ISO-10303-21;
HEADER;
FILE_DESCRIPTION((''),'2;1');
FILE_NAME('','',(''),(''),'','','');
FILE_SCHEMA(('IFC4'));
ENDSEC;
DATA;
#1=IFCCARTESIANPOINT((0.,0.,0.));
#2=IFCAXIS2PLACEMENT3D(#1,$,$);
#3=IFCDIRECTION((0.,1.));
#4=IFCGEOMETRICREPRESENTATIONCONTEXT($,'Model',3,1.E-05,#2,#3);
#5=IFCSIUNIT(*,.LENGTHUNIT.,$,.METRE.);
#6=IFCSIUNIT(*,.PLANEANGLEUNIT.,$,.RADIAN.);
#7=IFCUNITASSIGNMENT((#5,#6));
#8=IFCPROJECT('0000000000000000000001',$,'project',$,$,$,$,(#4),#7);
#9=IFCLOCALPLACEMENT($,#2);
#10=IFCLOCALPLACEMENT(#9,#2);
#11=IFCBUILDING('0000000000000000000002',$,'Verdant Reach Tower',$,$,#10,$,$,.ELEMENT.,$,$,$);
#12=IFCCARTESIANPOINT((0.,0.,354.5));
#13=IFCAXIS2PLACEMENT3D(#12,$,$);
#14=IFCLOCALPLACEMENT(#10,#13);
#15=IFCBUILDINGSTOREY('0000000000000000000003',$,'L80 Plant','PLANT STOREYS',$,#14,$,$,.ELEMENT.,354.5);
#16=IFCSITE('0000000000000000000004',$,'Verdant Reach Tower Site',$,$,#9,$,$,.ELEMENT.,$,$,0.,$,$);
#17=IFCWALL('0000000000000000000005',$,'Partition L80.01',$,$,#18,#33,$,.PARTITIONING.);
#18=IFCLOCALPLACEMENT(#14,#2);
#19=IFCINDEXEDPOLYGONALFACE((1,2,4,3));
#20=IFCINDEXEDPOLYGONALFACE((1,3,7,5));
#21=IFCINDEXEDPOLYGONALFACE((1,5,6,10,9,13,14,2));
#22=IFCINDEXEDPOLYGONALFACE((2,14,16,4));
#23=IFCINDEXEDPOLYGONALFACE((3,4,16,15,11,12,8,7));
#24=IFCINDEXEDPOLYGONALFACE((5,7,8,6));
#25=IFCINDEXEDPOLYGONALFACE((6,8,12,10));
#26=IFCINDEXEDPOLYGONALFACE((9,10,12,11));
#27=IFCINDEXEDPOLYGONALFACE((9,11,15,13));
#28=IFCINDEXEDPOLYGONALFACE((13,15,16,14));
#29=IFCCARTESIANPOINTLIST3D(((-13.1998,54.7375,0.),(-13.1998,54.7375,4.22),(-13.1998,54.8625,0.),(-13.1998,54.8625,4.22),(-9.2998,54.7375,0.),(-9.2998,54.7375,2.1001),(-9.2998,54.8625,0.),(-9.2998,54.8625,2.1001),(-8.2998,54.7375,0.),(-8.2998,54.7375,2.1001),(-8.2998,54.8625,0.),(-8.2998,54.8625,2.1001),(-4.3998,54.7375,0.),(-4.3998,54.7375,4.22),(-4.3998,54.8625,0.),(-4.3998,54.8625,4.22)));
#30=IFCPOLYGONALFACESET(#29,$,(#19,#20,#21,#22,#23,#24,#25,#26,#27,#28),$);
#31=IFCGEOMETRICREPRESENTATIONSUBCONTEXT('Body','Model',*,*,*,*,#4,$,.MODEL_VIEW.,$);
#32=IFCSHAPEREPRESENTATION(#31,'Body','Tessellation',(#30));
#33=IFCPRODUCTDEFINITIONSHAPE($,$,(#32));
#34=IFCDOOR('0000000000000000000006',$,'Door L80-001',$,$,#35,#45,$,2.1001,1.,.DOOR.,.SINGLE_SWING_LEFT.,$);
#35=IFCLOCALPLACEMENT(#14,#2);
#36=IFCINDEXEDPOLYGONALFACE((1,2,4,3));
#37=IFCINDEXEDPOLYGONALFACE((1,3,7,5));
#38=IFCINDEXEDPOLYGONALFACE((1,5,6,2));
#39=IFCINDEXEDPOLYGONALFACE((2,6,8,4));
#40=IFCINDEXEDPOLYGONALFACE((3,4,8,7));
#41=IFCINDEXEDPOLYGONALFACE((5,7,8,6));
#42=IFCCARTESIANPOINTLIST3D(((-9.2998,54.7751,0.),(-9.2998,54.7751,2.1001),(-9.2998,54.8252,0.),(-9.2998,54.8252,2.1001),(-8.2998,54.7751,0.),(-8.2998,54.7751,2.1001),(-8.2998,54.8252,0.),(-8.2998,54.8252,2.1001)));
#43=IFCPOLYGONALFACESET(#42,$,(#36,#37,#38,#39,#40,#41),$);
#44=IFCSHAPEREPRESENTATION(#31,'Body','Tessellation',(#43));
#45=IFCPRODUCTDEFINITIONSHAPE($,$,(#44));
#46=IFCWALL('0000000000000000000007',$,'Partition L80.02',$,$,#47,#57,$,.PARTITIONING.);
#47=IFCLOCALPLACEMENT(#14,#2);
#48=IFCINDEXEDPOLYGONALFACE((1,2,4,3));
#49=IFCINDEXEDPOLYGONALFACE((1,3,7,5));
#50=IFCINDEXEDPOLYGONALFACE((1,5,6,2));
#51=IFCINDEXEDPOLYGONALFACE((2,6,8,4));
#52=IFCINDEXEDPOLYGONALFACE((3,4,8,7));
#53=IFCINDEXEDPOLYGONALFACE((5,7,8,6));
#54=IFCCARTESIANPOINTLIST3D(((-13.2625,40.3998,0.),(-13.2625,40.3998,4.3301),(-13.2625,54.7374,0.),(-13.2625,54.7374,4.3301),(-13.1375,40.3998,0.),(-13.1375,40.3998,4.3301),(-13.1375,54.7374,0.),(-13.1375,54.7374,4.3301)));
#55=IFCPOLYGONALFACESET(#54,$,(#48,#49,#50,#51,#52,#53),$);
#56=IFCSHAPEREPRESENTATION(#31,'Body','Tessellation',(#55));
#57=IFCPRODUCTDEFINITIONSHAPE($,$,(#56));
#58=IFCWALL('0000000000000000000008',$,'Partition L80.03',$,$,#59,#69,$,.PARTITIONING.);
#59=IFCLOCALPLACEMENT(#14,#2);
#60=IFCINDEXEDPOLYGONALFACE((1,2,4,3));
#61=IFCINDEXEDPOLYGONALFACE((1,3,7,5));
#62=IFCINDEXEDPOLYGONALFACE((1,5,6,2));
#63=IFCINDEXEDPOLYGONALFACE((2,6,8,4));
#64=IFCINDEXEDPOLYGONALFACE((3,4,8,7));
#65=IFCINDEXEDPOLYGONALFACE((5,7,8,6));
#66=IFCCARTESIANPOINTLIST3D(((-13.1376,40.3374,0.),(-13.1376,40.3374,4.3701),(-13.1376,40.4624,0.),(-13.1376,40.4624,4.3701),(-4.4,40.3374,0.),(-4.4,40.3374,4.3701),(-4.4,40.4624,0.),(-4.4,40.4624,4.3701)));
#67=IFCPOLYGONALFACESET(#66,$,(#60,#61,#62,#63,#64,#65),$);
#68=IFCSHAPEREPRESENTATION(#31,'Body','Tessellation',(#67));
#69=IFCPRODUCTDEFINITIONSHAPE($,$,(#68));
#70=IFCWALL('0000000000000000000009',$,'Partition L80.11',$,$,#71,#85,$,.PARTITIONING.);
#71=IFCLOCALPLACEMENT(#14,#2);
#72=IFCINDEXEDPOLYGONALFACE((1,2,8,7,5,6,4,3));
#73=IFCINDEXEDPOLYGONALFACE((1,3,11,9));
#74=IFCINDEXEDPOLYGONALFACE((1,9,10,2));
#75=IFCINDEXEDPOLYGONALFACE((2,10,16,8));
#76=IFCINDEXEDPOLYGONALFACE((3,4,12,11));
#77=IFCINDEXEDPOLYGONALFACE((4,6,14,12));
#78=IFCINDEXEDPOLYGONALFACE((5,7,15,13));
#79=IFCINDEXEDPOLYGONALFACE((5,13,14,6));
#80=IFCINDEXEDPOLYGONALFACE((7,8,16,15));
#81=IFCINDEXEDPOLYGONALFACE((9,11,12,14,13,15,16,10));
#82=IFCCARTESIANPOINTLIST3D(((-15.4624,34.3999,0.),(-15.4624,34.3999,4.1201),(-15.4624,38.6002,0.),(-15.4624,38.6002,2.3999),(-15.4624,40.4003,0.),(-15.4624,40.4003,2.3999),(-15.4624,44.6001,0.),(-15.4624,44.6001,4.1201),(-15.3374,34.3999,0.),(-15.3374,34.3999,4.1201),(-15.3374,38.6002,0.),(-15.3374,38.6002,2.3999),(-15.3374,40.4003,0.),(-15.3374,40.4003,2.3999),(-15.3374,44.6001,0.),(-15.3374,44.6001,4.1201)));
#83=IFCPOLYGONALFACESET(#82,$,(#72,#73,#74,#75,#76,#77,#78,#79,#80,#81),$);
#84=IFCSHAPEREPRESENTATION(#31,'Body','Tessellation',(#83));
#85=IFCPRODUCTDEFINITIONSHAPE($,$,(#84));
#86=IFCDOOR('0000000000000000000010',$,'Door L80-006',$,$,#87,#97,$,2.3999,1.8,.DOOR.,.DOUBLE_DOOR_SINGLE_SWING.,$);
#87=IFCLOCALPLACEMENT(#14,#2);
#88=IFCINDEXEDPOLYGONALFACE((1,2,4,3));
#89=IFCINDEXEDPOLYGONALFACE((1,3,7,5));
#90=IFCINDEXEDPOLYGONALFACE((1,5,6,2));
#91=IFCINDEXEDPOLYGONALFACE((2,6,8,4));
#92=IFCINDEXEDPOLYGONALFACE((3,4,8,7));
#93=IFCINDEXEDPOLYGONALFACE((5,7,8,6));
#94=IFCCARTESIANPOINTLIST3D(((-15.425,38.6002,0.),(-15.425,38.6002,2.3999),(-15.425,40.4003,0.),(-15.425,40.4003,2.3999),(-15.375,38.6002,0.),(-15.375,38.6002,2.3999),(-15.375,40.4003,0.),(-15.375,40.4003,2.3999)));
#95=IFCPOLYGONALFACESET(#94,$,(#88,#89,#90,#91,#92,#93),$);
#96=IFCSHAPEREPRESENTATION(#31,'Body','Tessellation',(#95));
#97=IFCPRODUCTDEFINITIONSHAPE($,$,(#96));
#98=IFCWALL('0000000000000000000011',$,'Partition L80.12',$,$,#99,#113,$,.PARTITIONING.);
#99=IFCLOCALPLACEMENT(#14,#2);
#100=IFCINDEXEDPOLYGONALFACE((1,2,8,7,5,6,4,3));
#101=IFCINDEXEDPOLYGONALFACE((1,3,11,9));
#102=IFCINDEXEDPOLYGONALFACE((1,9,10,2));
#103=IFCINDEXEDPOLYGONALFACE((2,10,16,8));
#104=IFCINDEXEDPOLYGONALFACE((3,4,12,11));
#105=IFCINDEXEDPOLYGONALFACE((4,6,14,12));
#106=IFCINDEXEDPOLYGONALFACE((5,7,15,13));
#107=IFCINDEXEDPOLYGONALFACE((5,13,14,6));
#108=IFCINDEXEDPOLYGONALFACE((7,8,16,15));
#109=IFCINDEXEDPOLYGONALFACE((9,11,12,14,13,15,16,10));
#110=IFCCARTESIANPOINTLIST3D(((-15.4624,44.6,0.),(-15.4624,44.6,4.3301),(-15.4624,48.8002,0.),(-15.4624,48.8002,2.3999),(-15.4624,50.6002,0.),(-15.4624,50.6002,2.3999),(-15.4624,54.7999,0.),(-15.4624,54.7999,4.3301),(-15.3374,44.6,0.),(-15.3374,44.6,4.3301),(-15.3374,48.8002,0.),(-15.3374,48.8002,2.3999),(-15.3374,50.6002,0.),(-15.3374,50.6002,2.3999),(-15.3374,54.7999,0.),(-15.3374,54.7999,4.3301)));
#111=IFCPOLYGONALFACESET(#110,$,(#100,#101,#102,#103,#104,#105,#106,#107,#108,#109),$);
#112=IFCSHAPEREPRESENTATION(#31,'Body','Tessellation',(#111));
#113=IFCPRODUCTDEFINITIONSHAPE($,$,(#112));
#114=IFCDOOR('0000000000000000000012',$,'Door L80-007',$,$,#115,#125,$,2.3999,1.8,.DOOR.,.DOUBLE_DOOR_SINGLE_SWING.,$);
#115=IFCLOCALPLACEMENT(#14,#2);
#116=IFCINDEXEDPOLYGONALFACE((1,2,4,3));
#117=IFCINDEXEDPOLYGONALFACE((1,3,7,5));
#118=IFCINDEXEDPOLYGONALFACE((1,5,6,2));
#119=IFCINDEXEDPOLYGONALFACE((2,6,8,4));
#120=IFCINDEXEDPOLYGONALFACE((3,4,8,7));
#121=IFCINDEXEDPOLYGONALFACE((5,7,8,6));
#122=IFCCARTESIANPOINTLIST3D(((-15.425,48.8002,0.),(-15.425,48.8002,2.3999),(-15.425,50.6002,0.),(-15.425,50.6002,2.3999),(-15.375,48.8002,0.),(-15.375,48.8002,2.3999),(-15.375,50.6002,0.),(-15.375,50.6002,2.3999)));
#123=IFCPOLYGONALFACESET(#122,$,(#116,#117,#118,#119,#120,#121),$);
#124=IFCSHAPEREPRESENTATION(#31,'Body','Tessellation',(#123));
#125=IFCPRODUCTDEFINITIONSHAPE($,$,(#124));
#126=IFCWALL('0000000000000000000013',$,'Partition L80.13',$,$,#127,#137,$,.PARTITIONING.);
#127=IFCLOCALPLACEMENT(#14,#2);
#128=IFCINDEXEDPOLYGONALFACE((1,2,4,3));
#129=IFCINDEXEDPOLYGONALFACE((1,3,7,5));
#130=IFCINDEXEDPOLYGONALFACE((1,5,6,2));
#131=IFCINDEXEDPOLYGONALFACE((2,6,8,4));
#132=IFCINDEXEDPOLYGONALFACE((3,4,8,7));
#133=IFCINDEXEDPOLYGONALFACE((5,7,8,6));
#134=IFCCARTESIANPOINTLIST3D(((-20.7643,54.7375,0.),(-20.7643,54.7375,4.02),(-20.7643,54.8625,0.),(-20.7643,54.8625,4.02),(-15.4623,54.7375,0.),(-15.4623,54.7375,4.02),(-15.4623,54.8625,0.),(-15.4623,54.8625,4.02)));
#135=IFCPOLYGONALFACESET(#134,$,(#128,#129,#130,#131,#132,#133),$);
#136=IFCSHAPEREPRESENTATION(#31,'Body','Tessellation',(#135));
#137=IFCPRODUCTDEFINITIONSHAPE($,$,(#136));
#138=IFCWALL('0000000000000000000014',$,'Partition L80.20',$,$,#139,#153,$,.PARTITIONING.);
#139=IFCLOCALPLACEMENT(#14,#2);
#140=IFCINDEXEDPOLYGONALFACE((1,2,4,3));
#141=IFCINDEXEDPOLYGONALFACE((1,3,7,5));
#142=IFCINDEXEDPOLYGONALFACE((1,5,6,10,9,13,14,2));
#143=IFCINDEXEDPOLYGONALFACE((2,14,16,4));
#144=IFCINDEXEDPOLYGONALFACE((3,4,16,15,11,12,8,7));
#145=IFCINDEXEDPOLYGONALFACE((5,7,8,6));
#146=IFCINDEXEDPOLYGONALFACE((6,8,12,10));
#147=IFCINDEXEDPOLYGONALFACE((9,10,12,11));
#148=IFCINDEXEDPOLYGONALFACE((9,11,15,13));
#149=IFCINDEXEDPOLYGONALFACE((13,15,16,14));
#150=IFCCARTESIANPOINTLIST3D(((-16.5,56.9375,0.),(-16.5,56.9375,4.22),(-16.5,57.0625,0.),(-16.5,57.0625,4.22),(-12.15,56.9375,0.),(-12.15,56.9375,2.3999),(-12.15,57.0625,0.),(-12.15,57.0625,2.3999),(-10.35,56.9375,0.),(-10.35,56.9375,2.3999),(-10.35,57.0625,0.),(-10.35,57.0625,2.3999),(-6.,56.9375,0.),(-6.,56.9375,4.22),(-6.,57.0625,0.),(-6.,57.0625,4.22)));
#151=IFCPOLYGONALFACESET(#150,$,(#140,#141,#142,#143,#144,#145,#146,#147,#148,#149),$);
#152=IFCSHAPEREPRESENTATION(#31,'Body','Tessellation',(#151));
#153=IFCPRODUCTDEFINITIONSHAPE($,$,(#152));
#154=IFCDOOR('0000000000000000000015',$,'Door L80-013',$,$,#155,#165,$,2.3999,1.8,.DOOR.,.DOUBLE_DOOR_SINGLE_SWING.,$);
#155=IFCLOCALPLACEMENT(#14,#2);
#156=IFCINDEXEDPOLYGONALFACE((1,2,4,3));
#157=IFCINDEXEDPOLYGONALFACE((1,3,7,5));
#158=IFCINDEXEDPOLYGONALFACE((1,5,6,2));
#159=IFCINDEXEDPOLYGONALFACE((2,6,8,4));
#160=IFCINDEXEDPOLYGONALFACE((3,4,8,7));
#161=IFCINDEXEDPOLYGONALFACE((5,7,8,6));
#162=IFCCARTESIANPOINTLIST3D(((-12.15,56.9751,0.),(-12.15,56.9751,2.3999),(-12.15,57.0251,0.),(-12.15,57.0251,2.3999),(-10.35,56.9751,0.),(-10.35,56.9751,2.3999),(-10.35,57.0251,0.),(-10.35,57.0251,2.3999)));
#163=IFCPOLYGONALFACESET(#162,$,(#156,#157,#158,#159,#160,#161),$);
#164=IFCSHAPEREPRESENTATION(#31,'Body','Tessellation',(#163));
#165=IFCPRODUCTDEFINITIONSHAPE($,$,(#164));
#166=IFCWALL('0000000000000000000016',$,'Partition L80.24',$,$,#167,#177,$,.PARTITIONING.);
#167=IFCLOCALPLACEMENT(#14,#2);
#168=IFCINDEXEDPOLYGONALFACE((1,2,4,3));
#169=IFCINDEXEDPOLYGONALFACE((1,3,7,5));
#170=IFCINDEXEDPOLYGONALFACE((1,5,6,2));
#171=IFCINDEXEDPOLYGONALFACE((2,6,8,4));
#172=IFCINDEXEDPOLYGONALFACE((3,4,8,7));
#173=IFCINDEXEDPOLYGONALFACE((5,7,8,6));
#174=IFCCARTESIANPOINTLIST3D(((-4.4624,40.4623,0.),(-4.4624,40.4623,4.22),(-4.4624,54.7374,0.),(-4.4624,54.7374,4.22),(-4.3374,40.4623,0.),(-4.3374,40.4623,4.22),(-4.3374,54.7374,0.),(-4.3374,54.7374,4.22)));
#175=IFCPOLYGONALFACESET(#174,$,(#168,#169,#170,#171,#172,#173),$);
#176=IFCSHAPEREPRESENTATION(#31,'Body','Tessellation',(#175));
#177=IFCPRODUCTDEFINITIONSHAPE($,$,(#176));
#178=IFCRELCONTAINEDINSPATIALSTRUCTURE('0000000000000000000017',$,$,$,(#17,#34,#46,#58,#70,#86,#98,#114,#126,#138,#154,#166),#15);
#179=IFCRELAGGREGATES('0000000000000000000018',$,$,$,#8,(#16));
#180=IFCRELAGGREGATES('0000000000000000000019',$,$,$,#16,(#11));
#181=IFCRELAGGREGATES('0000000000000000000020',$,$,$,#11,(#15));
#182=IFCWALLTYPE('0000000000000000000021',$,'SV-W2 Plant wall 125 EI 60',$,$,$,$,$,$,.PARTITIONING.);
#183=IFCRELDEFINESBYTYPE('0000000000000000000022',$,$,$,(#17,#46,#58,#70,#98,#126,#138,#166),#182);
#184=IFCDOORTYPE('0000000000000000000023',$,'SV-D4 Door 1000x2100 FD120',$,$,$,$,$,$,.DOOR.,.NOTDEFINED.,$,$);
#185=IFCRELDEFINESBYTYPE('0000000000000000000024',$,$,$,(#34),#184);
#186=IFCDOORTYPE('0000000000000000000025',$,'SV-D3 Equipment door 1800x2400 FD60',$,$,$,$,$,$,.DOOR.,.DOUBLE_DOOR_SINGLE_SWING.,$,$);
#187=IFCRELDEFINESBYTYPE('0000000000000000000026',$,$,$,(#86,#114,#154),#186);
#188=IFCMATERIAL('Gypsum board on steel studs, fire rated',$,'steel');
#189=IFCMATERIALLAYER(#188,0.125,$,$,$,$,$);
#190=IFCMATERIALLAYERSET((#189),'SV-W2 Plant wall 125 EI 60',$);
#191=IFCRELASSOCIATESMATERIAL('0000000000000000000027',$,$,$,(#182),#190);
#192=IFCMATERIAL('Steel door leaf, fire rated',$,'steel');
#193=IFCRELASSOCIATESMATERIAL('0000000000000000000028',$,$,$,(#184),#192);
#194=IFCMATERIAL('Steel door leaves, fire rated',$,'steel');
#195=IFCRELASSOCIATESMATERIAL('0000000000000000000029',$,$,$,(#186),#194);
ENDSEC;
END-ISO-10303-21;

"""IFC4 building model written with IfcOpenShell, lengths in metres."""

from ifc_helpers import new_model, si_unit, direction, frame, frame_2d, origin, place, context, subcontext, project, spatial, rectangle, extrude, material, layer, layer_set, type_object, element, fill, save


model = new_model("IFC4")

# Units and contexts
model_context = context("Model", 3, precision=1e-05, world=origin(), true_north=direction((0.0, 1.0)))
body_context = subcontext(model_context, "Body", "Model", "MODEL_VIEW")
ifc_project = project(units=[si_unit("LENGTHUNIT", "METRE"), si_unit("PLANEANGLEUNIT", "RADIAN")], contexts=[model_context])

# Site, building, storey
site_placement = place(None, origin())
site = spatial("IfcSite", under=ifc_project, at=site_placement, Name="Verdant Reach Tower Site", CompositionType="ELEMENT", RefElevation=0.0)
building_placement = place(site_placement, origin())
building = spatial("IfcBuilding", under=site, at=building_placement, Name="Verdant Reach Tower", CompositionType="ELEMENT")
storey_placement = place(building_placement, frame((0.0, 0.0, 354.5)))
storey = spatial("IfcBuildingStorey", under=building, at=storey_placement, Name="L80 Plant", Description="PLANT STOREYS", CompositionType="ELEMENT", Elevation=354.5)

# Wall, opening, door
ifc_material_1 = material(Name="Gypsum board on steel studs, fire rated", Category="steel")
ifc_layer = layer(ifc_material_1, 0.125)
ifc_layer_set = layer_set([ifc_layer], Name="SV-W2 Plant wall 125 EI 60")
wall_type = type_object("IfcWallType", Name="SV-W2 Plant wall 125 EI 60", PredefinedType="PARTITIONING", material=ifc_layer_set)
wall_1_placement = place(storey_placement, frame((-4.3999, 54.8, 0.0), z_axis=(0.0, 0.0, 1.0), x_axis=(-1.0, 0.0, 0.0)))
wall_1 = element("IfcWall", 1, at=wall_1_placement, inside=storey, type_object=wall_type, Name="Partition L80.01", PredefinedType="PARTITIONING", context=body_context, shape_type="SweptSolid", body=[
    extrude(rectangle(XDim=8.8, YDim=0.125, at=frame_2d((4.3999, 0.0))), origin(), (0.0, 0.0, 1.0), 4.22),
])
opening_1_placement = place(wall_1_placement, frame((3.8999, 0.0, 0.0)))
opening_1 = element("IfcOpeningElement", 2, at=opening_1_placement, cuts=wall_1, PredefinedType="OPENING", context=body_context, shape_type="SweptSolid", body=[
    extrude(rectangle(XDim=1.0, YDim=2.1001, at=frame_2d((0.5, 1.05))), frame((0.0, 0.0725, 0.0), z_axis=(0.0, -1.0, 0.0), x_axis=(1.0, 0.0, 0.0)), (0.0, 0.0, 1.0), 0.145),
])
ifc_material_2 = material(Name="Steel door leaf, fire rated", Category="steel")
door_type_1 = type_object("IfcDoorType", Name="SV-D4 Door 1000x2100 FD120", OperationType="NOTDEFINED", PredefinedType="DOOR", material=ifc_material_2)
door_1_placement = place(opening_1_placement, origin())
door_1 = element("IfcDoor", 3, at=door_1_placement, inside=storey, type_object=door_type_1, Name="Door L80-001", OperationType="SINGLE_SWING_LEFT", OverallHeight=2.1001, OverallWidth=1.0, PredefinedType="DOOR", context=body_context, shape_type="SweptSolid", body=[
    extrude(rectangle(XDim=1.0, YDim=2.1001, at=frame_2d((0.5, 1.05))), frame((0.0, 0.0249, 0.0), z_axis=(0.0, -1.0, 0.0), x_axis=(1.0, 0.0, 0.0)), (0.0, 0.0, 1.0), 0.05),
])
fill(opening_1, door_1)

# Walls
wall_2_placement = place(storey_placement, frame((-13.2, 54.7375, 0.0), z_axis=(0.0, 0.0, 1.0), x_axis=(0.0, -1.0, 0.0)))
element("IfcWall", 4, at=wall_2_placement, inside=storey, type_object=wall_type, Name="Partition L80.02", PredefinedType="PARTITIONING", context=body_context, shape_type="SweptSolid", body=[
    extrude(rectangle(XDim=14.3376, YDim=0.125, at=frame_2d((7.1689, 0.0))), origin(), (0.0, 0.0, 1.0), 4.3301),
])
wall_3_placement = place(storey_placement, frame((-13.1375, 40.3999, 0.0), z_axis=(0.0, 0.0, 1.0), x_axis=(1.0, 0.0, 0.0)))
element("IfcWall", 5, at=wall_3_placement, inside=storey, type_object=wall_type, Name="Partition L80.03", PredefinedType="PARTITIONING", context=body_context, shape_type="SweptSolid", body=[
    extrude(rectangle(XDim=8.7375, YDim=0.125, at=frame_2d((4.3687, 0.0))), origin(), (0.0, 0.0, 1.0), 4.3701),
])

# Walls, openings, doors
wall_4_placement = place(storey_placement, frame((-15.3999, 44.6001, 0.0), z_axis=(0.0, 0.0, 1.0), x_axis=(0.0, -1.0, 0.0)))
wall_4 = element("IfcWall", 6, at=wall_4_placement, inside=storey, type_object=wall_type, Name="Partition L80.11", PredefinedType="PARTITIONING", context=body_context, shape_type="SweptSolid", body=[
    extrude(rectangle(XDim=10.2002, YDim=0.125, at=frame_2d((5.1001, 0.0))), origin(), (0.0, 0.0, 1.0), 4.1201),
])
opening_2_placement = place(wall_4_placement, frame((4.2, 0.0, 0.0)))
opening_2 = element("IfcOpeningElement", 7, at=opening_2_placement, cuts=wall_4, PredefinedType="OPENING", context=body_context, shape_type="SweptSolid", body=[
    extrude(rectangle(XDim=1.8, YDim=2.3999, at=frame_2d((0.8999, 1.2))), frame((0.0, 0.0725, 0.0), z_axis=(0.0, -1.0, 0.0), x_axis=(1.0, 0.0, 0.0)), (0.0, 0.0, 1.0), 0.145),
])
ifc_material_3 = material(Name="Steel door leaves, fire rated", Category="steel")
door_type_2 = type_object("IfcDoorType", Name="SV-D3 Equipment door 1800x2400 FD60", OperationType="DOUBLE_DOOR_SINGLE_SWING", PredefinedType="DOOR", material=ifc_material_3)
door_2_placement = place(opening_2_placement, origin())
door_2 = element("IfcDoor", 8, at=door_2_placement, inside=storey, type_object=door_type_2, Name="Door L80-006", OperationType="DOUBLE_DOOR_SINGLE_SWING", OverallHeight=2.3999, OverallWidth=1.8, PredefinedType="DOOR", context=body_context, shape_type="SweptSolid", body=[
    extrude(rectangle(XDim=1.8, YDim=2.3999, at=frame_2d((0.8999, 1.2))), frame((0.0, 0.0249, 0.0), z_axis=(0.0, -1.0, 0.0), x_axis=(1.0, 0.0, 0.0)), (0.0, 0.0, 1.0), 0.05),
])
fill(opening_2, door_2)
wall_5_placement = place(storey_placement, frame((-15.3999, 54.8, 0.0), z_axis=(0.0, 0.0, 1.0), x_axis=(0.0, -1.0, 0.0)))
wall_5 = element("IfcWall", 9, at=wall_5_placement, inside=storey, type_object=wall_type, Name="Partition L80.12", PredefinedType="PARTITIONING", context=body_context, shape_type="SweptSolid", body=[
    extrude(rectangle(XDim=10.2, YDim=0.125, at=frame_2d((5.1001, 0.0))), origin(), (0.0, 0.0, 1.0), 4.3301),
])
opening_3_placement = place(wall_5_placement, frame((4.2, 0.0, 0.0)))
opening_3 = element("IfcOpeningElement", 10, at=opening_3_placement, cuts=wall_5, PredefinedType="OPENING", context=body_context, shape_type="SweptSolid", body=[
    extrude(rectangle(XDim=1.8, YDim=2.3999, at=frame_2d((0.8999, 1.2))), frame((0.0, 0.0725, 0.0), z_axis=(0.0, -1.0, 0.0), x_axis=(1.0, 0.0, 0.0)), (0.0, 0.0, 1.0), 0.145),
])
door_3_placement = place(opening_3_placement, origin())
door_3 = element("IfcDoor", 11, at=door_3_placement, inside=storey, type_object=door_type_2, Name="Door L80-007", OperationType="DOUBLE_DOOR_SINGLE_SWING", OverallHeight=2.3999, OverallWidth=1.8, PredefinedType="DOOR", context=body_context, shape_type="SweptSolid", body=[
    extrude(rectangle(XDim=1.8, YDim=2.3999, at=frame_2d((0.8999, 1.2))), frame((0.0, 0.0249, 0.0), z_axis=(0.0, -1.0, 0.0), x_axis=(1.0, 0.0, 0.0)), (0.0, 0.0, 1.0), 0.05),
])
fill(opening_3, door_3)

# Wall
wall_6_placement = place(storey_placement, frame((-15.4624, 54.8, 0.0), z_axis=(0.0, 0.0, 1.0), x_axis=(-1.0, 0.0, 0.0)))
element("IfcWall", 12, at=wall_6_placement, inside=storey, type_object=wall_type, Name="Partition L80.13", PredefinedType="PARTITIONING", context=body_context, shape_type="SweptSolid", body=[
    extrude(rectangle(XDim=5.302, YDim=0.125, at=frame_2d((2.6509, 0.0))), origin(), (0.0, 0.0, 1.0), 4.02),
])

# Wall, opening, door
wall_7_placement = place(storey_placement, frame((-6.0, 57.0, 0.0), z_axis=(0.0, 0.0, 1.0), x_axis=(-1.0, 0.0, 0.0)))
wall_7 = element("IfcWall", 13, at=wall_7_placement, inside=storey, type_object=wall_type, Name="Partition L80.20", PredefinedType="PARTITIONING", context=body_context, shape_type="SweptSolid", body=[
    extrude(rectangle(XDim=10.5, YDim=0.125, at=frame_2d((5.25, 0.0))), origin(), (0.0, 0.0, 1.0), 4.22),
])
opening_4_placement = place(wall_7_placement, frame((4.3501, 0.0, 0.0)))
opening_4 = element("IfcOpeningElement", 14, at=opening_4_placement, cuts=wall_7, PredefinedType="OPENING", context=body_context, shape_type="SweptSolid", body=[
    extrude(rectangle(XDim=1.8, YDim=2.3999, at=frame_2d((0.8999, 1.2))), frame((0.0, 0.0725, 0.0), z_axis=(0.0, -1.0, 0.0), x_axis=(1.0, 0.0, 0.0)), (0.0, 0.0, 1.0), 0.145),
])
door_4_placement = place(opening_4_placement, origin())
door_4 = element("IfcDoor", 15, at=door_4_placement, inside=storey, type_object=door_type_2, Name="Door L80-013", OperationType="DOUBLE_DOOR_SINGLE_SWING", OverallHeight=2.3999, OverallWidth=1.8, PredefinedType="DOOR", context=body_context, shape_type="SweptSolid", body=[
    extrude(rectangle(XDim=1.8, YDim=2.3999, at=frame_2d((0.8999, 1.2))), frame((0.0, 0.0249, 0.0), z_axis=(0.0, -1.0, 0.0), x_axis=(1.0, 0.0, 0.0)), (0.0, 0.0, 1.0), 0.05),
])
fill(opening_4, door_4)

# Wall
wall_8_placement = place(storey_placement, frame((-4.3999, 54.7375, 0.0), z_axis=(0.0, 0.0, 1.0), x_axis=(0.0, -1.0, 0.0)))
element("IfcWall", 16, at=wall_8_placement, inside=storey, type_object=wall_type, Name="Partition L80.24", PredefinedType="PARTITIONING", context=body_context, shape_type="SweptSolid", body=[
    extrude(rectangle(XDim=14.2751, YDim=0.125, at=frame_2d((7.1377, 0.0))), origin(), (0.0, 0.0, 1.0), 4.22),
])

save(model, "model.ifc")
